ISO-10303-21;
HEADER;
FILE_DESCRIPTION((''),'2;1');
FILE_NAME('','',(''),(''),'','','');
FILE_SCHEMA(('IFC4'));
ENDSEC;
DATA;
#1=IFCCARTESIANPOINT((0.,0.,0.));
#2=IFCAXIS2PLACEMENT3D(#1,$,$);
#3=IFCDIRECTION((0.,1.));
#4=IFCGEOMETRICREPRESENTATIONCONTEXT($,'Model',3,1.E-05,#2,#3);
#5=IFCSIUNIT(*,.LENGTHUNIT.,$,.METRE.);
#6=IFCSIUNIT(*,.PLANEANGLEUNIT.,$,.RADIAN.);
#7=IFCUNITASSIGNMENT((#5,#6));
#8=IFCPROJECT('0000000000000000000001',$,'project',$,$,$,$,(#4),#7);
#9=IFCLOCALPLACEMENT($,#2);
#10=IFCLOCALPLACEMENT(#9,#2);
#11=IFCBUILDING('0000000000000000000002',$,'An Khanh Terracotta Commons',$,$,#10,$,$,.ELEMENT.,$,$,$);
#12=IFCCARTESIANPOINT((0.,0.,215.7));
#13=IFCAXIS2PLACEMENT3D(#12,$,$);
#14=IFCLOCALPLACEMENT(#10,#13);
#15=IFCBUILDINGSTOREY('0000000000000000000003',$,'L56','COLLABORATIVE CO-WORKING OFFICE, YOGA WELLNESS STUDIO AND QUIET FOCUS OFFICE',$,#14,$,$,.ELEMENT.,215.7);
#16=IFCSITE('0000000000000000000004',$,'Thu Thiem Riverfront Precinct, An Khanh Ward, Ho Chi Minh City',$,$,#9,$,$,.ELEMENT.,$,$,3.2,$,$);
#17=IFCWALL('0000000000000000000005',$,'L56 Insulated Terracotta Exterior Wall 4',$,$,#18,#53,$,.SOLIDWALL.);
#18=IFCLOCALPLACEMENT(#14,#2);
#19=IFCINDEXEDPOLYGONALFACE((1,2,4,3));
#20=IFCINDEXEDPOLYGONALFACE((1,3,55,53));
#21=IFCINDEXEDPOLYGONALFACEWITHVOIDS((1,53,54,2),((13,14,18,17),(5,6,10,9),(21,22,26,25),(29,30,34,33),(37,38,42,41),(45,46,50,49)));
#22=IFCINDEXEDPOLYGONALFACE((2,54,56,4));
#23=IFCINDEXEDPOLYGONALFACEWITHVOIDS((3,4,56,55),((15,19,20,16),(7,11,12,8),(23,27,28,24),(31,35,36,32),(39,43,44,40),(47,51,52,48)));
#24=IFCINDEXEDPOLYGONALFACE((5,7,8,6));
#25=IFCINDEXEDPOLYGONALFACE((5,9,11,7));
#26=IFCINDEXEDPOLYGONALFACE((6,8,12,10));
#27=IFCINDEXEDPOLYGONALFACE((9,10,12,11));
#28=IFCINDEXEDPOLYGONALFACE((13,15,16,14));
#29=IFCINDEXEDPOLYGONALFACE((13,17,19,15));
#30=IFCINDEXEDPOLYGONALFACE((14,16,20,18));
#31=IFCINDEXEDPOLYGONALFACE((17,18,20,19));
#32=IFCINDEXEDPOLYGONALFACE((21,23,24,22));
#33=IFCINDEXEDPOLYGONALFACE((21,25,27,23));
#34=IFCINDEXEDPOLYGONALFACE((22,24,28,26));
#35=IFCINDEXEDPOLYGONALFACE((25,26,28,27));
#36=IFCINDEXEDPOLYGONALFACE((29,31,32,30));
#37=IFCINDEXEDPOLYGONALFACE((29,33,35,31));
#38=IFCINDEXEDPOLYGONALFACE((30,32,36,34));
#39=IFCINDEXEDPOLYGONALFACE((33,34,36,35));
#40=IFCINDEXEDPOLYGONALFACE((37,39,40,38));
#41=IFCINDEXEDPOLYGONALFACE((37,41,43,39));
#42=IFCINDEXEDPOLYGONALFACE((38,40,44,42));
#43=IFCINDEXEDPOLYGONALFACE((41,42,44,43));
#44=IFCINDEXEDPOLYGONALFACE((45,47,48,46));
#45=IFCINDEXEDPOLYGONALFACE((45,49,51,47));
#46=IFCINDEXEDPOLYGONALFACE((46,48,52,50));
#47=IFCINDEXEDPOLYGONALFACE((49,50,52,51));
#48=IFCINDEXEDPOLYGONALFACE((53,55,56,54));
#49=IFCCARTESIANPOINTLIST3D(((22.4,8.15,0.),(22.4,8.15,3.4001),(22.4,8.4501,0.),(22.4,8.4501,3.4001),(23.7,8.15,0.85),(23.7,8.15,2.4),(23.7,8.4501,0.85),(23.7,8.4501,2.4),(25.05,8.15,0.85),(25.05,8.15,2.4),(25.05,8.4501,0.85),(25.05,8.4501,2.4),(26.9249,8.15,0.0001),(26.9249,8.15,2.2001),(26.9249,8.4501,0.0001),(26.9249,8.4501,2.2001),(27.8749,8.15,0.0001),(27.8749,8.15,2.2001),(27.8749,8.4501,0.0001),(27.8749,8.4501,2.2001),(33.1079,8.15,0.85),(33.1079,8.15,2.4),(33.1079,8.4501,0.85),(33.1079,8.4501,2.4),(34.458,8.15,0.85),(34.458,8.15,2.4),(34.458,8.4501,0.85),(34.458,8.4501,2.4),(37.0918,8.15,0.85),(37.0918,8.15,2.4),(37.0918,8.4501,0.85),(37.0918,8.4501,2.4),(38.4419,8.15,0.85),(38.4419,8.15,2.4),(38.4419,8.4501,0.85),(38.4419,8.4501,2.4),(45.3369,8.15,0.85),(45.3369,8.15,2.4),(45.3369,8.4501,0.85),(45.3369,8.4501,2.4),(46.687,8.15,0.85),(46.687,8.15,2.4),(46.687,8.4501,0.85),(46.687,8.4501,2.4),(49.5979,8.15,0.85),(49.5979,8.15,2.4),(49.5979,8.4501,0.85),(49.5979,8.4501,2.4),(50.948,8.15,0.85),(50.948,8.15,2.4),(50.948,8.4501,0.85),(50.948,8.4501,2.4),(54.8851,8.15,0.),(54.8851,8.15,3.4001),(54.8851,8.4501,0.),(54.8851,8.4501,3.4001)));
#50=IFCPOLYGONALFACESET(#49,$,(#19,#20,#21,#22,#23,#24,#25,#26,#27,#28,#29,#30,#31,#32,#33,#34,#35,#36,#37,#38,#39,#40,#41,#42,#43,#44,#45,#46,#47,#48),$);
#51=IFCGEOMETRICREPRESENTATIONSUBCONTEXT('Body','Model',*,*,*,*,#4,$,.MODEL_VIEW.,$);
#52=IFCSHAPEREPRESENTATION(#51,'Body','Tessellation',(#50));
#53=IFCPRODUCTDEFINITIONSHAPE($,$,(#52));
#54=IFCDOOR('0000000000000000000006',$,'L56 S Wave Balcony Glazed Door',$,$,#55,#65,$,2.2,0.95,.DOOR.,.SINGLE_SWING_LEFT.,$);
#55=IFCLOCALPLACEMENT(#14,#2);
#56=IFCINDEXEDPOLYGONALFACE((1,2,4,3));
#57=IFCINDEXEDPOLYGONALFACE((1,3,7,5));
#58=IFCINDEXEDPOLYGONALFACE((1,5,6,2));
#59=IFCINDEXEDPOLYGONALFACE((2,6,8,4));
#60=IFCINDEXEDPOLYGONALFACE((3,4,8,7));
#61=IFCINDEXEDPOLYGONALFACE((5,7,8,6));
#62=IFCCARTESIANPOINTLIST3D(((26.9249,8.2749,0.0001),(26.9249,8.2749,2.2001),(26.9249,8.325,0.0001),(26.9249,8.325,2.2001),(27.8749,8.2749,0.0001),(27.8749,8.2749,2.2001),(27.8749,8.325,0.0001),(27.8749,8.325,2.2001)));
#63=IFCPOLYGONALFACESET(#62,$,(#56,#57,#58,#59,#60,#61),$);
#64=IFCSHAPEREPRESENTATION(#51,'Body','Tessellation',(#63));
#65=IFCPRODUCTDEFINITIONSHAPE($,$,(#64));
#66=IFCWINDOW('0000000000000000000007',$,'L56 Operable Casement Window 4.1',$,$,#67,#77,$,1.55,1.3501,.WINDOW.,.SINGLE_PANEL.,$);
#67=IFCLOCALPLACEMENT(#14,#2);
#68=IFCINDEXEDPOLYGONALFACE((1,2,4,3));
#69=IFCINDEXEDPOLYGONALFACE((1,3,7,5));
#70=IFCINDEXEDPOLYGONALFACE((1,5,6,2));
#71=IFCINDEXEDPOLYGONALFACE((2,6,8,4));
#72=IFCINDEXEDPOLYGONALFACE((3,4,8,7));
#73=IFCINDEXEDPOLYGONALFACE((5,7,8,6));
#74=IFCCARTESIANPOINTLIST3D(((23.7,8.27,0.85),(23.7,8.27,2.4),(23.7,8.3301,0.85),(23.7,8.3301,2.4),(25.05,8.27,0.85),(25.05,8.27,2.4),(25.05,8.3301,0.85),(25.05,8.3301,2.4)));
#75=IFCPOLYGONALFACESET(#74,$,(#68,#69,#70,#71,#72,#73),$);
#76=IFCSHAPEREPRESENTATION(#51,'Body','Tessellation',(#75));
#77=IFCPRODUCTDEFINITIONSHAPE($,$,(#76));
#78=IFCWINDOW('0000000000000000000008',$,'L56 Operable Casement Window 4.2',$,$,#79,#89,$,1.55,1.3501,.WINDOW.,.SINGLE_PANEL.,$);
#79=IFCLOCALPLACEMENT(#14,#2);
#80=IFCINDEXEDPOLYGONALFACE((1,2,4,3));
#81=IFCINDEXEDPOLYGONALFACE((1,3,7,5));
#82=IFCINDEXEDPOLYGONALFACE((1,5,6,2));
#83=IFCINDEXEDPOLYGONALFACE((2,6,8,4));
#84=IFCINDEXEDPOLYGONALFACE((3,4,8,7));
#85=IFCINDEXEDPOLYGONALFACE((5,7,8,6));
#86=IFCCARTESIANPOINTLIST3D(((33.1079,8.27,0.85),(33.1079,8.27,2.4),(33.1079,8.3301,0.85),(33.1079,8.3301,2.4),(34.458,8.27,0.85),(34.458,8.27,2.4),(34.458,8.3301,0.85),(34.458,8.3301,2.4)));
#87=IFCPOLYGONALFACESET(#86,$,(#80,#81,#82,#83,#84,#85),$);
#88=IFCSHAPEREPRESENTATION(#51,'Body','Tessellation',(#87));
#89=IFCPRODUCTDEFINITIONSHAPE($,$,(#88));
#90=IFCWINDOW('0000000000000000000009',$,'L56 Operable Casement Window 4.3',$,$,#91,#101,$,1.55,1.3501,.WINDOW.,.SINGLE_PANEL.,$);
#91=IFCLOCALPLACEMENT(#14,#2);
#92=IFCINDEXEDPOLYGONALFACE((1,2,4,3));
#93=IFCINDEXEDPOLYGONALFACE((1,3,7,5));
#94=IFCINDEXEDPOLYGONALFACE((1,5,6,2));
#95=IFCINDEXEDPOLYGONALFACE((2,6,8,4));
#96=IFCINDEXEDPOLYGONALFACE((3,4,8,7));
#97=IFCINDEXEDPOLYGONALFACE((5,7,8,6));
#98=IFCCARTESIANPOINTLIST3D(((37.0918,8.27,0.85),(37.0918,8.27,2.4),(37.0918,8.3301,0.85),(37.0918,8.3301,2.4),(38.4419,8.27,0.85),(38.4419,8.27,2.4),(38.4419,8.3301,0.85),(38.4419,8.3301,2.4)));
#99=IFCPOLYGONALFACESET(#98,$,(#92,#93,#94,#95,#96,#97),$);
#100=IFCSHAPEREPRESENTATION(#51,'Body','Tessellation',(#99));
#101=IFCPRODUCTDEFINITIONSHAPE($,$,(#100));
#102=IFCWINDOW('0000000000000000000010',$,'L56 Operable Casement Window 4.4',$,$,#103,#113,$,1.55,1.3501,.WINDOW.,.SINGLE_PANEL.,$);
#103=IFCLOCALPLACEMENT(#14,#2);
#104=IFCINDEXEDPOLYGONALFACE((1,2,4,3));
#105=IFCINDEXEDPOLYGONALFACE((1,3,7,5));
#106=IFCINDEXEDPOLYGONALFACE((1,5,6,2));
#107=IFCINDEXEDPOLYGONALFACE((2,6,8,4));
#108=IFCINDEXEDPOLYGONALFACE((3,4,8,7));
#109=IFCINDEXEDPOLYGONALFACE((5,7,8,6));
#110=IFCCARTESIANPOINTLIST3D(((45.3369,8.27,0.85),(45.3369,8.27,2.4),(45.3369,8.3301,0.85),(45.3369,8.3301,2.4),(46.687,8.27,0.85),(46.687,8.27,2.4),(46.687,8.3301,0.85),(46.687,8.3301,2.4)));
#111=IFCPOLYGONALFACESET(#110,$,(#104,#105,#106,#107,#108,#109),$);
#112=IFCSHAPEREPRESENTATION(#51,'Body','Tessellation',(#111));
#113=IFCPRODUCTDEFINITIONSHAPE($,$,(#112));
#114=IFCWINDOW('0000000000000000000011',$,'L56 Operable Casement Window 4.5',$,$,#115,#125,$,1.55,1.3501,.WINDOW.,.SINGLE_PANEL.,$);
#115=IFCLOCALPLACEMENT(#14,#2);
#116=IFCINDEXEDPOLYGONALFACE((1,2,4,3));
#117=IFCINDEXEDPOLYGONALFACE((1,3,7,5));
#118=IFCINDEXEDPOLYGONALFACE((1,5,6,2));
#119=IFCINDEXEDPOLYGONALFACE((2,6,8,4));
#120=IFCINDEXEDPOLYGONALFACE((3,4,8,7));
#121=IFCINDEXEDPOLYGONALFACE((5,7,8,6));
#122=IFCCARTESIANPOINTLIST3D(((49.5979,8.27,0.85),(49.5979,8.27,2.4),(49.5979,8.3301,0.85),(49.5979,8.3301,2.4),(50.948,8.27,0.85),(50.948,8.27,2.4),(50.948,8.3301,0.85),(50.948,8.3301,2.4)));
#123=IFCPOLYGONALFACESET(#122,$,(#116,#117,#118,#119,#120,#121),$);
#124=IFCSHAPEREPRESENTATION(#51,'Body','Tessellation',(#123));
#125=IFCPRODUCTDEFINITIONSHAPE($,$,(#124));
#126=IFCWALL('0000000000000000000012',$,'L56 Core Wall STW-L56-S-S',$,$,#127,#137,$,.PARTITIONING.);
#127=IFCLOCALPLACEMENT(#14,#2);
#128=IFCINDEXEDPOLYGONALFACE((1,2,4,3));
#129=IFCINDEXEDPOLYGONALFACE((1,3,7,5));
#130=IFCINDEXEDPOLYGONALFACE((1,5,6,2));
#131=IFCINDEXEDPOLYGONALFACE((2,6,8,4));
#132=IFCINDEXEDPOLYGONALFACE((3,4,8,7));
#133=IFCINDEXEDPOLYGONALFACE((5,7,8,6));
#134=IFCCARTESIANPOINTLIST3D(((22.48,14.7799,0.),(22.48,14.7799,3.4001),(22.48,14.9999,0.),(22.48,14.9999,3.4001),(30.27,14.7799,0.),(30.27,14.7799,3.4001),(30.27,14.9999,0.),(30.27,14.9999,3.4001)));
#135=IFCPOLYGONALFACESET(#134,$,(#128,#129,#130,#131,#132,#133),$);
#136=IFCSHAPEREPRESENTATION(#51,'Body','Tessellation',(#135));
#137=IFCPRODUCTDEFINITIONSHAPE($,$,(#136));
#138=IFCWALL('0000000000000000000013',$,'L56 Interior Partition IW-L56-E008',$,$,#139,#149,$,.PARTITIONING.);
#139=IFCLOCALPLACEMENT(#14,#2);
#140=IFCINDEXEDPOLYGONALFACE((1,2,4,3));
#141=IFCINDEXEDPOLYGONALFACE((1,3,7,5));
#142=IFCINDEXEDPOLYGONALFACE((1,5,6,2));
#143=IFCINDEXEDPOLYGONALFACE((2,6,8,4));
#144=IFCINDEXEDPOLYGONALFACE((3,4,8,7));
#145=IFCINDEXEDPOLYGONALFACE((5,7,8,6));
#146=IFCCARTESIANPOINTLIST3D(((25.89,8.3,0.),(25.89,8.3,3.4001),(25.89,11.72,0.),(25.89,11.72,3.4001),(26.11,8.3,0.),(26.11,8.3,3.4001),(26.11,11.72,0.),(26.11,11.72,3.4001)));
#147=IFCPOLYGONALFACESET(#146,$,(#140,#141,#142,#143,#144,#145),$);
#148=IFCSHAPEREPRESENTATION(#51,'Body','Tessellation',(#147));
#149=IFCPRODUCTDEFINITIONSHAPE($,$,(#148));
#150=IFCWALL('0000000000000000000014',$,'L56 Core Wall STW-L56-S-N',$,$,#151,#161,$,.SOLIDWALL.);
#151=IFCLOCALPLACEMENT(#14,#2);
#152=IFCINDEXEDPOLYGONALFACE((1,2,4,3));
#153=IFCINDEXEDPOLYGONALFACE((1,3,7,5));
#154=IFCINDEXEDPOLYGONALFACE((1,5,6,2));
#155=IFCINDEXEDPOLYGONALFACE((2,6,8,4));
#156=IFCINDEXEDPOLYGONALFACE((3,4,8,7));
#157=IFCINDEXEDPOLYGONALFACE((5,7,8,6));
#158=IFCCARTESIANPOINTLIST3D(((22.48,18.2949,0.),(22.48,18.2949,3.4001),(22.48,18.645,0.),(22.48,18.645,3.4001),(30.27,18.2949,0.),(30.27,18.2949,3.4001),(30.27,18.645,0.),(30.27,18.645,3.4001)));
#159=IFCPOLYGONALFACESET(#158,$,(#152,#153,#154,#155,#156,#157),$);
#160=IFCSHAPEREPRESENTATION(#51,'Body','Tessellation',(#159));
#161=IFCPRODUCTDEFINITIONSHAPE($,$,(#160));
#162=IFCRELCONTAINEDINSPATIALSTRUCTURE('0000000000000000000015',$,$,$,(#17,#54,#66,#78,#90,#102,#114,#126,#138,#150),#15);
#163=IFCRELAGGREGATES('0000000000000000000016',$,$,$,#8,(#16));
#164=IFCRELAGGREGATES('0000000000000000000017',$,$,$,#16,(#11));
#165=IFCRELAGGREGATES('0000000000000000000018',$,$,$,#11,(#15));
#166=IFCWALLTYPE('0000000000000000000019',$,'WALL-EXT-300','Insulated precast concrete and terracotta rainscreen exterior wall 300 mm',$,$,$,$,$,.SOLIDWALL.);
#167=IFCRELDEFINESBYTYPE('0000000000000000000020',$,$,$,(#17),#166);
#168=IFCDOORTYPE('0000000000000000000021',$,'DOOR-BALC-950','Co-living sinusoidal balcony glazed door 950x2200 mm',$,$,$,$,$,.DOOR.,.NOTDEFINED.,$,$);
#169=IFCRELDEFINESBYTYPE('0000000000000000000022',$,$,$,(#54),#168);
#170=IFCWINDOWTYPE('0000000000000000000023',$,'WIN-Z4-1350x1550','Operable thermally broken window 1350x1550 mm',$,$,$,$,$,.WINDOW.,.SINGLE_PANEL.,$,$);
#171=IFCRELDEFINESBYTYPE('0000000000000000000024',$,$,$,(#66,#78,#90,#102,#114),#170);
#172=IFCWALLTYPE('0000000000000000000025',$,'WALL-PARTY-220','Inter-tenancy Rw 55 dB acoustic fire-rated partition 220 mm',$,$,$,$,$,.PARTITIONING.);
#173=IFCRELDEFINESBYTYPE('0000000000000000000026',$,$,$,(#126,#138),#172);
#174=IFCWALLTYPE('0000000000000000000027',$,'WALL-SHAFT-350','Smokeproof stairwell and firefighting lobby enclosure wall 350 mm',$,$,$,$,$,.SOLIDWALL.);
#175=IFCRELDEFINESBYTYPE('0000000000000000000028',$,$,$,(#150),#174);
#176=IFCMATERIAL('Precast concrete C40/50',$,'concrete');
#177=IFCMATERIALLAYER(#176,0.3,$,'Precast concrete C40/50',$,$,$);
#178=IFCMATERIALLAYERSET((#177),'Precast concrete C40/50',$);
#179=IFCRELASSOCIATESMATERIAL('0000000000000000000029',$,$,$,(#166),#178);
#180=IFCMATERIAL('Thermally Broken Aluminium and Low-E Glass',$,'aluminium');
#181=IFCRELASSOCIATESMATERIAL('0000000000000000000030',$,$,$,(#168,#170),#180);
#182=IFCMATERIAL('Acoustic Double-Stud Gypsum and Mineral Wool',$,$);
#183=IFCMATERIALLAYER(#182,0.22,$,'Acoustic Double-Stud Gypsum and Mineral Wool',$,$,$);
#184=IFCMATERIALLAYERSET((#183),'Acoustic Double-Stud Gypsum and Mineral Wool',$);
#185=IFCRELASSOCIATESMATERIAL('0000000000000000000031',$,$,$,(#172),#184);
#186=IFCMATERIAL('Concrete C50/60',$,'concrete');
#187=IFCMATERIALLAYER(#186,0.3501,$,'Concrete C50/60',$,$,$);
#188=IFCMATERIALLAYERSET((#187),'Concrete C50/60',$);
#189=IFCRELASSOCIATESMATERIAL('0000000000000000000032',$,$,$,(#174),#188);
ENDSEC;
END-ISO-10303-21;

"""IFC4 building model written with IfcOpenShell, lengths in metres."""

from ifc_helpers import new_model, si_unit, direction, frame, frame_2d, origin, place, context, subcontext, project, spatial, rectangle, extrude, material, layer, layer_set, type_object, element, fill, save


model = new_model("IFC4")

# Units and contexts
model_context = context("Model", 3, precision=1e-05, world=origin(), true_north=direction((0.0, 1.0)))
body_context = subcontext(model_context, "Body", "Model", "MODEL_VIEW")
ifc_project = project(units=[si_unit("LENGTHUNIT", "METRE"), si_unit("PLANEANGLEUNIT", "RADIAN")], contexts=[model_context])

# Site, building, storey
site_placement = place(None, origin())
site = spatial("IfcSite", under=ifc_project, at=site_placement, Name="Thu Thiem Riverfront Precinct, An Khanh Ward, Ho Chi Minh City", CompositionType="ELEMENT", RefElevation=3.2)
building_placement = place(site_placement, origin())
building = spatial("IfcBuilding", under=site, at=building_placement, Name="An Khanh Terracotta Commons", CompositionType="ELEMENT")
storey_placement = place(building_placement, frame((0.0, 0.0, 215.7)))
storey = spatial("IfcBuildingStorey", under=building, at=storey_placement, Name="L56", Description="COLLABORATIVE CO-WORKING OFFICE, YOGA WELLNESS STUDIO AND QUIET FOCUS OFFICE", CompositionType="ELEMENT", Elevation=215.7)

# Shared definitions
ifc_material_1 = material(Name="Concrete C50/60", Category="concrete")

# Wall, openings, door, windows
ifc_material_2 = material(Name="Precast concrete C40/50", Category="concrete")
ifc_layer_1 = layer(ifc_material_2, 0.3, Name="Precast concrete C40/50")
ifc_layer_set_1 = layer_set([ifc_layer_1], Name="Precast concrete C40/50")
wall_type_1 = type_object("IfcWallType", Name="WALL-EXT-300", Description="Insulated precast concrete and terracotta rainscreen exterior wall 300 mm", PredefinedType="SOLIDWALL", material=ifc_layer_set_1)
wall_1_placement = place(storey_placement, frame((22.3999, 8.3, 0.0), z_axis=(0.0, 0.0, 1.0), x_axis=(1.0, 0.0, 0.0)))
wall_1 = element("IfcWall", 1, at=wall_1_placement, inside=storey, type_object=wall_type_1, Name="L56 Insulated Terracotta Exterior Wall 4", PredefinedType="SOLIDWALL", context=body_context, shape_type="SweptSolid", body=[
    extrude(rectangle(XDim=32.4851, YDim=0.3, at=frame_2d((16.2427, 0.0))), origin(), (0.0, 0.0, 1.0), 3.4001),
])
opening_1_placement = place(wall_1_placement, frame((4.5249, 0.0, 0.0)))
opening_1 = element("IfcOpeningElement", 2, at=opening_1_placement, cuts=wall_1, PredefinedType="OPENING", context=body_context, shape_type="SweptSolid", body=[
    extrude(rectangle(XDim=0.95, YDim=2.2, at=frame_2d((0.4751, 1.1001))), frame((0.0, 0.1599, 0.0), z_axis=(0.0, -1.0, 0.0), x_axis=(1.0, 0.0, 0.0)), (0.0, 0.0, 1.0), 0.3201),
])
opening_2_placement = place(wall_1_placement, frame((1.3, 0.0, 0.8501)))
opening_2 = element("IfcOpeningElement", 3, at=opening_2_placement, cuts=wall_1, PredefinedType="OPENING", context=body_context, shape_type="SweptSolid", body=[
    extrude(rectangle(XDim=1.3501, YDim=1.55, at=frame_2d((0.675, 0.7749))), frame((0.0, 0.1599, 0.0), z_axis=(0.0, -1.0, 0.0), x_axis=(1.0, 0.0, 0.0)), (0.0, 0.0, 1.0), 0.3201),
])
opening_3_placement = place(wall_1_placement, frame((10.708, 0.0, 0.8501)))
opening_3 = element("IfcOpeningElement", 4, at=opening_3_placement, cuts=wall_1, PredefinedType="OPENING", context=body_context, shape_type="SweptSolid", body=[
    extrude(rectangle(XDim=1.3501, YDim=1.55, at=frame_2d((0.675, 0.7749))), frame((0.0, 0.1599, 0.0), z_axis=(0.0, -1.0, 0.0), x_axis=(1.0, 0.0, 0.0)), (0.0, 0.0, 1.0), 0.3201),
])
opening_4_placement = place(wall_1_placement, frame((14.6919, 0.0, 0.8501)))
opening_4 = element("IfcOpeningElement", 5, at=opening_4_placement, cuts=wall_1, PredefinedType="OPENING", context=body_context, shape_type="SweptSolid", body=[
    extrude(rectangle(XDim=1.3501, YDim=1.55, at=frame_2d((0.675, 0.7749))), frame((0.0, 0.1599, 0.0), z_axis=(0.0, -1.0, 0.0), x_axis=(1.0, 0.0, 0.0)), (0.0, 0.0, 1.0), 0.3201),
])
opening_5_placement = place(wall_1_placement, frame((22.937, 0.0, 0.8501)))
opening_5 = element("IfcOpeningElement", 6, at=opening_5_placement, cuts=wall_1, PredefinedType="OPENING", context=body_context, shape_type="SweptSolid", body=[
    extrude(rectangle(XDim=1.3501, YDim=1.55, at=frame_2d((0.675, 0.7749))), frame((0.0, 0.1599, 0.0), z_axis=(0.0, -1.0, 0.0), x_axis=(1.0, 0.0, 0.0)), (0.0, 0.0, 1.0), 0.3201),
])
opening_6_placement = place(wall_1_placement, frame((27.198, 0.0, 0.8501)))
opening_6 = element("IfcOpeningElement", 7, at=opening_6_placement, cuts=wall_1, PredefinedType="OPENING", context=body_context, shape_type="SweptSolid", body=[
    extrude(rectangle(XDim=1.3501, YDim=1.55, at=frame_2d((0.675, 0.7749))), frame((0.0, 0.1599, 0.0), z_axis=(0.0, -1.0, 0.0), x_axis=(1.0, 0.0, 0.0)), (0.0, 0.0, 1.0), 0.3201),
])
ifc_material_3 = material(Name="Thermally Broken Aluminium and Low-E Glass", Category="aluminium")
door_type = type_object("IfcDoorType", Name="DOOR-BALC-950", Description="Co-living sinusoidal balcony glazed door 950x2200 mm", OperationType="NOTDEFINED", PredefinedType="DOOR", material=ifc_material_3)
door_placement = place(opening_1_placement, origin())
door = element("IfcDoor", 8, at=door_placement, inside=storey, type_object=door_type, Name="L56 S Wave Balcony Glazed Door", OperationType="SINGLE_SWING_LEFT", OverallHeight=2.2, OverallWidth=0.95, PredefinedType="DOOR", context=body_context, shape_type="SweptSolid", body=[
    extrude(rectangle(XDim=0.95, YDim=2.2, at=frame_2d((0.4751, 1.1001))), frame((0.0, 0.0249, 0.0), z_axis=(0.0, -1.0, 0.0), x_axis=(1.0, 0.0, 0.0)), (0.0, 0.0, 1.0), 0.05),
])
fill(opening_1, door)
window_type = type_object("IfcWindowType", Name="WIN-Z4-1350x1550", Description="Operable thermally broken window 1350x1550 mm", PartitioningType="SINGLE_PANEL", PredefinedType="WINDOW", material=ifc_material_3)
window_1_placement = place(opening_2_placement, origin())
window_1 = element("IfcWindow", 9, at=window_1_placement, inside=storey, type_object=window_type, Name="L56 Operable Casement Window 4.1", OverallHeight=1.55, OverallWidth=1.3501, PartitioningType="SINGLE_PANEL", PredefinedType="WINDOW", context=body_context, shape_type="SweptSolid", body=[
    extrude(rectangle(XDim=1.3501, YDim=1.55, at=frame_2d((0.675, 0.7749))), frame((0.0, 0.03, 0.0), z_axis=(0.0, -1.0, 0.0), x_axis=(1.0, 0.0, 0.0)), (0.0, 0.0, 1.0), 0.0601),
])
fill(opening_2, window_1)
window_2_placement = place(opening_3_placement, origin())
window_2 = element("IfcWindow", 10, at=window_2_placement, inside=storey, type_object=window_type, Name="L56 Operable Casement Window 4.2", OverallHeight=1.55, OverallWidth=1.3501, PartitioningType="SINGLE_PANEL", PredefinedType="WINDOW", context=body_context, shape_type="SweptSolid", body=[
    extrude(rectangle(XDim=1.3501, YDim=1.55, at=frame_2d((0.675, 0.7749))), frame((0.0, 0.03, 0.0), z_axis=(0.0, -1.0, 0.0), x_axis=(1.0, 0.0, 0.0)), (0.0, 0.0, 1.0), 0.0601),
])
fill(opening_3, window_2)
window_3_placement = place(opening_4_placement, origin())
window_3 = element("IfcWindow", 11, at=window_3_placement, inside=storey, type_object=window_type, Name="L56 Operable Casement Window 4.3", OverallHeight=1.55, OverallWidth=1.3501, PartitioningType="SINGLE_PANEL", PredefinedType="WINDOW", context=body_context, shape_type="SweptSolid", body=[
    extrude(rectangle(XDim=1.3501, YDim=1.55, at=frame_2d((0.675, 0.7749))), frame((0.0, 0.03, 0.0), z_axis=(0.0, -1.0, 0.0), x_axis=(1.0, 0.0, 0.0)), (0.0, 0.0, 1.0), 0.0601),
])
fill(opening_4, window_3)
window_4_placement = place(opening_5_placement, origin())
window_4 = element("IfcWindow", 12, at=window_4_placement, inside=storey, type_object=window_type, Name="L56 Operable Casement Window 4.4", OverallHeight=1.55, OverallWidth=1.3501, PartitioningType="SINGLE_PANEL", PredefinedType="WINDOW", context=body_context, shape_type="SweptSolid", body=[
    extrude(rectangle(XDim=1.3501, YDim=1.55, at=frame_2d((0.675, 0.7749))), frame((0.0, 0.03, 0.0), z_axis=(0.0, -1.0, 0.0), x_axis=(1.0, 0.0, 0.0)), (0.0, 0.0, 1.0), 0.0601),
])
fill(opening_5, window_4)
window_5_placement = place(opening_6_placement, origin())
window_5 = element("IfcWindow", 13, at=window_5_placement, inside=storey, type_object=window_type, Name="L56 Operable Casement Window 4.5", OverallHeight=1.55, OverallWidth=1.3501, PartitioningType="SINGLE_PANEL", PredefinedType="WINDOW", context=body_context, shape_type="SweptSolid", body=[
    extrude(rectangle(XDim=1.3501, YDim=1.55, at=frame_2d((0.675, 0.7749))), frame((0.0, 0.03, 0.0), z_axis=(0.0, -1.0, 0.0), x_axis=(1.0, 0.0, 0.0)), (0.0, 0.0, 1.0), 0.0601),
])
fill(opening_6, window_5)

# Walls
ifc_material_4 = material(Name="Acoustic Double-Stud Gypsum and Mineral Wool")
ifc_layer_2 = layer(ifc_material_4, 0.22, Name="Acoustic Double-Stud Gypsum and Mineral Wool")
ifc_layer_set_2 = layer_set([ifc_layer_2], Name="Acoustic Double-Stud Gypsum and Mineral Wool")
wall_type_2 = type_object("IfcWallType", Name="WALL-PARTY-220", Description="Inter-tenancy Rw 55 dB acoustic fire-rated partition 220 mm", PredefinedType="PARTITIONING", material=ifc_layer_set_2)
wall_2_placement = place(storey_placement, frame((22.48, 14.8899, 0.0), z_axis=(0.0, 0.0, 1.0), x_axis=(1.0, 0.0, 0.0)))
element("IfcWall", 14, at=wall_2_placement, inside=storey, type_object=wall_type_2, Name="L56 Core Wall STW-L56-S-S", PredefinedType="PARTITIONING", context=body_context, shape_type="SweptSolid", body=[
    extrude(rectangle(XDim=7.79, YDim=0.22, at=frame_2d((3.895, 0.0))), origin(), (0.0, 0.0, 1.0), 3.4001),
])
wall_3_placement = place(storey_placement, frame((26.0, 8.3, 0.0), z_axis=(0.0, 0.0, 1.0), x_axis=(0.0, 1.0, 0.0)))
element("IfcWall", 15, at=wall_3_placement, inside=storey, type_object=wall_type_2, Name="L56 Interior Partition IW-L56-E008", PredefinedType="PARTITIONING", context=body_context, shape_type="SweptSolid", body=[
    extrude(rectangle(XDim=3.4199, YDim=0.22, at=frame_2d((1.71, 0.0))), origin(), (0.0, 0.0, 1.0), 3.4001),
])
ifc_layer_3 = layer(ifc_material_1, 0.3501, Name="Concrete C50/60")
ifc_layer_set_3 = layer_set([ifc_layer_3], Name="Concrete C50/60")
wall_type_3 = type_object("IfcWallType", Name="WALL-SHAFT-350", Description="Smokeproof stairwell and firefighting lobby enclosure wall 350 mm", PredefinedType="SOLIDWALL", material=ifc_layer_set_3)
wall_4_placement = place(storey_placement, frame((22.48, 18.47, 0.0), z_axis=(0.0, 0.0, 1.0), x_axis=(1.0, 0.0, 0.0)))
element("IfcWall", 16, at=wall_4_placement, inside=storey, type_object=wall_type_3, Name="L56 Core Wall STW-L56-S-N", PredefinedType="SOLIDWALL", context=body_context, shape_type="SweptSolid", body=[
    extrude(rectangle(XDim=7.79, YDim=0.3501, at=frame_2d((3.895, 0.0))), origin(), (0.0, 0.0, 1.0), 3.4001),
])

save(model, "model.ifc")
